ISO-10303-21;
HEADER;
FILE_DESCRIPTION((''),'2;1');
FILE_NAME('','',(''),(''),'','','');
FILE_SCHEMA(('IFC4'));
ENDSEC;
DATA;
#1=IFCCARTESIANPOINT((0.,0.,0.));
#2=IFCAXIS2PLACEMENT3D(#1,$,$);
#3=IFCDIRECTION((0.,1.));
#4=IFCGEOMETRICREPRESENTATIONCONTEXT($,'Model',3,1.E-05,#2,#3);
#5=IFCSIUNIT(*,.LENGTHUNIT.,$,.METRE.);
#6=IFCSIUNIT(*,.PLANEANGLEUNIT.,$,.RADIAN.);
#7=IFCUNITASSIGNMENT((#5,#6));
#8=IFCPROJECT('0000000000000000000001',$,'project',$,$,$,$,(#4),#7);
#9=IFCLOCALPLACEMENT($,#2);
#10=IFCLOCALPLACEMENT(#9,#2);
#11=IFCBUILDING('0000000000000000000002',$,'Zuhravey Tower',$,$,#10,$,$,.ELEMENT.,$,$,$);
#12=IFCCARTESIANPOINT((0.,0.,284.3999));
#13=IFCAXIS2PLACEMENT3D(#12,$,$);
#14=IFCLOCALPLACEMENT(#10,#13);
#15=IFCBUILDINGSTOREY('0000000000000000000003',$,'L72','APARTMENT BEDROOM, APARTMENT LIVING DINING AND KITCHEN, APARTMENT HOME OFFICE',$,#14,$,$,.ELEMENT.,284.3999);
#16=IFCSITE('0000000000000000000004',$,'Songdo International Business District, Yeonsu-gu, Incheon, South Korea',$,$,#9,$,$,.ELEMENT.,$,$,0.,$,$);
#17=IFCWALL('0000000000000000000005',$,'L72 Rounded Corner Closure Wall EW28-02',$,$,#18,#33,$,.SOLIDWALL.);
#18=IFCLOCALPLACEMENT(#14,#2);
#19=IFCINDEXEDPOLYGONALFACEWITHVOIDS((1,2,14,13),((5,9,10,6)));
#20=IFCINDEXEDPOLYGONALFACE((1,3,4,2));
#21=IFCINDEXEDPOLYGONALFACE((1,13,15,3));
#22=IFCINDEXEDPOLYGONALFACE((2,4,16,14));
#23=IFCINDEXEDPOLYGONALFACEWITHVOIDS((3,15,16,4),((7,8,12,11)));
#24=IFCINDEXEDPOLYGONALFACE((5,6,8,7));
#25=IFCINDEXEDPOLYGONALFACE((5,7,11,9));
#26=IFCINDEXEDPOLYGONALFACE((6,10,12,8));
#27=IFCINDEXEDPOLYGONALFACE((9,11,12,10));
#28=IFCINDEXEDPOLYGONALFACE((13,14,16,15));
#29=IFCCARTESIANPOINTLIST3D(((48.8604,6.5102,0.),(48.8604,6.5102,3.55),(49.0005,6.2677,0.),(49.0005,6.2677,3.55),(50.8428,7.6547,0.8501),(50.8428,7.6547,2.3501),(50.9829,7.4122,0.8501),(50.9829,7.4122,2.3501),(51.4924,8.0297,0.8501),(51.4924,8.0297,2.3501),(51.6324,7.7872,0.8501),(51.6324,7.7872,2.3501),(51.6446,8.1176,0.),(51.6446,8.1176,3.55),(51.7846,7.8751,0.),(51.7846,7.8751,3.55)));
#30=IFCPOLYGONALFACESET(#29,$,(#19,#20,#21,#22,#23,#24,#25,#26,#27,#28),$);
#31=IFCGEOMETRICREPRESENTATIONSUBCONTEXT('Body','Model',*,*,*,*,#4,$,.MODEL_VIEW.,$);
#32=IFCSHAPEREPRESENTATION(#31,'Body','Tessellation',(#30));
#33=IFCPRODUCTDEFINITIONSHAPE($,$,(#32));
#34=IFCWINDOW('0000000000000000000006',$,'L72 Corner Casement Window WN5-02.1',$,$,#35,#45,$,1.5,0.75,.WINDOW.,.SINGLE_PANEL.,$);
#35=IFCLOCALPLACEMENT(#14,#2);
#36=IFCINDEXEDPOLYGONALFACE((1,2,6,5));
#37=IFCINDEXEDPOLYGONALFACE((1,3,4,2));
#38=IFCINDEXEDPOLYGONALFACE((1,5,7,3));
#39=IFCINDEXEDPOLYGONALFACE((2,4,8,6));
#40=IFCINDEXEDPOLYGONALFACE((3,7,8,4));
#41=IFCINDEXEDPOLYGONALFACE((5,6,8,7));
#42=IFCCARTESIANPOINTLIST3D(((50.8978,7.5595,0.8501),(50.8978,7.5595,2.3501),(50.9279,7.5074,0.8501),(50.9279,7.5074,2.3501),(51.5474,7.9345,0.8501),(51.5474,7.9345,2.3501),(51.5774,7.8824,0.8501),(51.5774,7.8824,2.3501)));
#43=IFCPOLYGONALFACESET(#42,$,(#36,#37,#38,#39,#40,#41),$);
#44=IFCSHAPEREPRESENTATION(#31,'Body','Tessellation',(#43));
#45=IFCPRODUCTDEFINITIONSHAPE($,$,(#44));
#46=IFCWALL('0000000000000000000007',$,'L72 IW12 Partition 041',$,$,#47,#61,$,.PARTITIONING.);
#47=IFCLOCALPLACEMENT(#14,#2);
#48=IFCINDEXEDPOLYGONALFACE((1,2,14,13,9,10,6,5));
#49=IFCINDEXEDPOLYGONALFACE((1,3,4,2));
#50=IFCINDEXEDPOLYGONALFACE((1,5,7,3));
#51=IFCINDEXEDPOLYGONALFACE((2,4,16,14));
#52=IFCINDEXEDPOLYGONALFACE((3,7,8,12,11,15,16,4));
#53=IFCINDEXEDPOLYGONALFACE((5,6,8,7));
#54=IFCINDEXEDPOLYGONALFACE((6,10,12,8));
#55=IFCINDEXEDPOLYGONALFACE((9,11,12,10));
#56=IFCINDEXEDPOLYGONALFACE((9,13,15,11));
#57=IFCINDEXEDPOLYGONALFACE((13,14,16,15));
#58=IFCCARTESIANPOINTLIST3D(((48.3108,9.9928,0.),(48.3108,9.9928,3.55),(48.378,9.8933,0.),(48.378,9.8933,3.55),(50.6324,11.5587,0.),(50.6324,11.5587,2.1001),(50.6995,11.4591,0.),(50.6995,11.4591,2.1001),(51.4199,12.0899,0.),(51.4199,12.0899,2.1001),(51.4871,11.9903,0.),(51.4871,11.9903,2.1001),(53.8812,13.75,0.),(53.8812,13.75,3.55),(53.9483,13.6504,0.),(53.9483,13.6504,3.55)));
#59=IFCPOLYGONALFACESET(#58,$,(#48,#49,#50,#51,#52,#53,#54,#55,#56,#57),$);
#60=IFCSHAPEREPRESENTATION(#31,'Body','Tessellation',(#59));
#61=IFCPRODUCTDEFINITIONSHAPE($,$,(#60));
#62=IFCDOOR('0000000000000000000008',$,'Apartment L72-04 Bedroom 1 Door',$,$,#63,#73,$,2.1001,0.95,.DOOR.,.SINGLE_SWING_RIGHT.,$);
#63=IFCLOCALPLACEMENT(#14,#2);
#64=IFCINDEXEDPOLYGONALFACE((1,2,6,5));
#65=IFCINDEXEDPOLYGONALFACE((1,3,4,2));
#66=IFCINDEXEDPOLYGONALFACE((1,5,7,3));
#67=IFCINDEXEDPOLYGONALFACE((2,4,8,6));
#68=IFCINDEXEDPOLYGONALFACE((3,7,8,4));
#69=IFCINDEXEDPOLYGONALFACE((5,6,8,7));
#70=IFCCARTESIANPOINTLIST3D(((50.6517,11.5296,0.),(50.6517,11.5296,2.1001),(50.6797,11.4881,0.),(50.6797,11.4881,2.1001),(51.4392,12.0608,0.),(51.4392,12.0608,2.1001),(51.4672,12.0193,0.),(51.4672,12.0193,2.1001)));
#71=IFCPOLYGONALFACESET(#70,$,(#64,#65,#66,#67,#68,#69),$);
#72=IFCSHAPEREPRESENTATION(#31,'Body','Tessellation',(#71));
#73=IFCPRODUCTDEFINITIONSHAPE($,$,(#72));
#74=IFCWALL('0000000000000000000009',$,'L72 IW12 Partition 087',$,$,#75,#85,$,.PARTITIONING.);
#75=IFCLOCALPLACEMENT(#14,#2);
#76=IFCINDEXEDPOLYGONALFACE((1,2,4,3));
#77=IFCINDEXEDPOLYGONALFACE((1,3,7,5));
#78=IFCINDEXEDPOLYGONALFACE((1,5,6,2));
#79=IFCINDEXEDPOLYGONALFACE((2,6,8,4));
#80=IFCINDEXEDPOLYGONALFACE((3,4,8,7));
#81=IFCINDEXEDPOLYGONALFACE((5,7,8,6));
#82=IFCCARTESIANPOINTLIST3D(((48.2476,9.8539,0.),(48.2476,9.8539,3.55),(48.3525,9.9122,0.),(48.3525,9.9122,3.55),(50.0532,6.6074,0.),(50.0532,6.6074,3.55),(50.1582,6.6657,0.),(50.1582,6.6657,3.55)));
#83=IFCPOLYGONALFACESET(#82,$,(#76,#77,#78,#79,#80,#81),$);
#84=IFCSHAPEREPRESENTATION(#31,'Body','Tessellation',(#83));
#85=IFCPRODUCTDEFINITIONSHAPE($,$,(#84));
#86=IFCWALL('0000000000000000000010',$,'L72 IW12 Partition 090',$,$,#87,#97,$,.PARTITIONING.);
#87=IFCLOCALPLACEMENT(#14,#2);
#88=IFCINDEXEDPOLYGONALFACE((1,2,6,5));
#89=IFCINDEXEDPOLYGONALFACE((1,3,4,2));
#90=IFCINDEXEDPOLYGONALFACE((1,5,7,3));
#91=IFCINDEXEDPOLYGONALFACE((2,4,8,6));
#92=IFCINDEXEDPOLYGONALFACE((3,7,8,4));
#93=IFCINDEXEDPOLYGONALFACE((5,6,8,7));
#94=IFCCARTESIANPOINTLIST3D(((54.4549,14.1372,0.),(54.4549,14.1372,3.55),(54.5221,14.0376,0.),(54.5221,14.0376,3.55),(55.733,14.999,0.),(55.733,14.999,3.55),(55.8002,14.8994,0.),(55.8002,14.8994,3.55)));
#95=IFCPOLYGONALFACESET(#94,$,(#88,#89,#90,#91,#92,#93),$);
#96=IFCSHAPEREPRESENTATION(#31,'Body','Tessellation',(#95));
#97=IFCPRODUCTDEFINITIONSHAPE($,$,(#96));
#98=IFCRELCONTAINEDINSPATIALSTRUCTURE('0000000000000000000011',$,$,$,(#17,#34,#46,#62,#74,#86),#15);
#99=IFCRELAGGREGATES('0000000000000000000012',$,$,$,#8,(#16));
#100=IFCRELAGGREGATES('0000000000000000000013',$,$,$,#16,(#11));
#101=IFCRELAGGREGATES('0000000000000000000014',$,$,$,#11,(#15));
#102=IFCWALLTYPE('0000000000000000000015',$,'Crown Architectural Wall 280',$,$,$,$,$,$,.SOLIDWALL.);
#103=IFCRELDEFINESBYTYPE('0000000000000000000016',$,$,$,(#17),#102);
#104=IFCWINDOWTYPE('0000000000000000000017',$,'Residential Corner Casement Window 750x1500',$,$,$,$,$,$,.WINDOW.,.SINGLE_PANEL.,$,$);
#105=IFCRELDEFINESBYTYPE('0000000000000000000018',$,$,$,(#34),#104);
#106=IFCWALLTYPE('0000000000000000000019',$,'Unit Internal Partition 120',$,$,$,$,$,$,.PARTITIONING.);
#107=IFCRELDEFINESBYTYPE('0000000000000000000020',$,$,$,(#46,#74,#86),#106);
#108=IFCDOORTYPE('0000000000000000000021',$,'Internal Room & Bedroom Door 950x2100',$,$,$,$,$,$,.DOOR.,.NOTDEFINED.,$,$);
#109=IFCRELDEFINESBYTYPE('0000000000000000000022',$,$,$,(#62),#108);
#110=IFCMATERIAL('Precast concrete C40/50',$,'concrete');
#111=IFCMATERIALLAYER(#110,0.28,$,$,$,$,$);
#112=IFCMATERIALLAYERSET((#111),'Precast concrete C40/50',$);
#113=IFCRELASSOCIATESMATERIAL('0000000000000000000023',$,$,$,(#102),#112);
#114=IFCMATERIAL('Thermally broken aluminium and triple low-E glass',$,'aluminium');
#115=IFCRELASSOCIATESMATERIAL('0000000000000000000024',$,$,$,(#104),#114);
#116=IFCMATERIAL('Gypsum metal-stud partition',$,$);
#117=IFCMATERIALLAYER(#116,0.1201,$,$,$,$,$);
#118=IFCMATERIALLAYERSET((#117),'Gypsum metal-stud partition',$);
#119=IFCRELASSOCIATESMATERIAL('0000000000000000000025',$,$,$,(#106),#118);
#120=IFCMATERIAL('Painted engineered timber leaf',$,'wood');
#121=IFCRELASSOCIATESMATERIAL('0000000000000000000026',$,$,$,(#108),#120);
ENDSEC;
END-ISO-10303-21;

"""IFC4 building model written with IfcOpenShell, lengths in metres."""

from ifc_helpers import new_model, si_unit, direction, frame, frame_2d, origin, place, context, subcontext, project, spatial, rectangle, extrude, material, layer, layer_set, type_object, element, fill, save


model = new_model("IFC4")

# Units and contexts
model_context = context("Model", 3, precision=1e-05, world=origin(), true_north=direction((0.0, 1.0)))
body_context = subcontext(model_context, "Body", "Model", "MODEL_VIEW")
ifc_project = project(units=[si_unit("LENGTHUNIT", "METRE"), si_unit("PLANEANGLEUNIT", "RADIAN")], contexts=[model_context])

# Site, building, storey
site_placement = place(None, origin())
site = spatial("IfcSite", under=ifc_project, at=site_placement, Name="Songdo International Business District, Yeonsu-gu, Incheon, South Korea", CompositionType="ELEMENT", RefElevation=0.0)
building_placement = place(site_placement, origin())
building = spatial("IfcBuilding", under=site, at=building_placement, Name="Zuhravey Tower", CompositionType="ELEMENT")
storey_placement = place(building_placement, frame((0.0, 0.0, 284.3999)))
storey = spatial("IfcBuildingStorey", under=building, at=storey_placement, Name="L72", Description="APARTMENT BEDROOM, APARTMENT LIVING DINING AND KITCHEN, APARTMENT HOME OFFICE", CompositionType="ELEMENT", Elevation=284.3999)

# Wall, opening, window
ifc_material_1 = material(Name="Precast concrete C40/50", Category="concrete")
ifc_layer_1 = layer(ifc_material_1, 0.28)
ifc_layer_set_1 = layer_set([ifc_layer_1], Name="Precast concrete C40/50")
wall_type_1 = type_object("IfcWallType", Name="Crown Architectural Wall 280", PredefinedType="SOLIDWALL", material=ifc_layer_set_1)
wall_1_placement = place(storey_placement, frame((51.7146, 7.9963, 0.0), z_axis=(0.0, 0.0, 1.0), x_axis=(-0.866029, -0.499994, 0.0)))
wall_1 = element("IfcWall", 1, at=wall_1_placement, inside=storey, type_object=wall_type_1, Name="L72 Rounded Corner Closure Wall EW28-02", PredefinedType="SOLIDWALL", context=body_context, shape_type="SweptSolid", body=[
    extrude(rectangle(XDim=3.2148, YDim=0.28, at=frame_2d((1.6074, 0.0))), origin(), (0.0, 0.0, 1.0), 3.55),
])
opening_1_placement = place(wall_1_placement, frame((0.1758, 0.0, 0.8501)))
opening_1 = element("IfcOpeningElement", 2, at=opening_1_placement, cuts=wall_1, PredefinedType="OPENING", context=body_context, shape_type="SweptSolid", body=[
    extrude(rectangle(XDim=0.75, YDim=1.5, at=frame_2d((0.375, 0.75))), frame((0.0, 0.1521, 0.0), z_axis=(0.0, -1.0, 0.0), x_axis=(1.0, 0.0, 0.0)), (0.0, 0.0, 1.0), 0.304),
])
ifc_material_2 = material(Name="Thermally broken aluminium and triple low-E glass", Category="aluminium")
window_type = type_object("IfcWindowType", Name="Residential Corner Casement Window 750x1500", PartitioningType="SINGLE_PANEL", PredefinedType="WINDOW", material=ifc_material_2)
window_placement = place(opening_1_placement, origin())
window = element("IfcWindow", 3, at=window_placement, inside=storey, type_object=window_type, Name="L72 Corner Casement Window WN5-02.1", OverallHeight=1.5, OverallWidth=0.75, PartitioningType="SINGLE_PANEL", PredefinedType="WINDOW", context=body_context, shape_type="SweptSolid", body=[
    extrude(rectangle(XDim=0.75, YDim=1.5, at=frame_2d((0.375, 0.75))), frame((0.0, 0.03, 0.0), z_axis=(0.0, -1.0, 0.0), x_axis=(1.0, 0.0, 0.0)), (0.0, 0.0, 1.0), 0.0601),
])
fill(opening_1, window)

# Wall, opening, door
ifc_material_3 = material(Name="Gypsum metal-stud partition")
ifc_layer_2 = layer(ifc_material_3, 0.1201)
ifc_layer_set_2 = layer_set([ifc_layer_2], Name="Gypsum metal-stud partition")
wall_type_2 = type_object("IfcWallType", Name="Unit Internal Partition 120", PredefinedType="PARTITIONING", material=ifc_layer_set_2)
wall_2_placement = place(storey_placement, frame((48.3445, 9.9431, 0.0), z_axis=(0.0, 0.0, 1.0), x_axis=(0.829047, 0.559178, 0.0)))
wall_2 = element("IfcWall", 4, at=wall_2_placement, inside=storey, type_object=wall_type_2, Name="L72 IW12 Partition 041", PredefinedType="PARTITIONING", context=body_context, shape_type="SweptSolid", body=[
    extrude(rectangle(XDim=6.719, YDim=0.1201, at=frame_2d((3.3594, 0.0))), origin(), (0.0, 0.0, 1.0), 3.55),
])
opening_2_placement = place(wall_2_placement, frame((2.8, 0.0, 0.0)))
opening_2 = element("IfcOpeningElement", 5, at=opening_2_placement, cuts=wall_2, PredefinedType="OPENING", context=body_context, shape_type="SweptSolid", body=[
    extrude(rectangle(XDim=0.95, YDim=2.1001, at=frame_2d((0.4751, 1.05))), frame((0.0, 0.072, 0.0), z_axis=(0.0, -1.0, 0.0), x_axis=(1.0, 0.0, 0.0)), (0.0, 0.0, 1.0), 0.144),
])
ifc_material_4 = material(Name="Painted engineered timber leaf", Category="wood")
door_type = type_object("IfcDoorType", Name="Internal Room & Bedroom Door 950x2100", OperationType="NOTDEFINED", PredefinedType="DOOR", material=ifc_material_4)
door_placement = place(opening_2_placement, frame((0.95, 0.0, 0.0), z_axis=(0.0, 0.0, 1.0), x_axis=(-1.0, 0.0, 0.0)))
door = element("IfcDoor", 6, at=door_placement, inside=storey, type_object=door_type, Name="Apartment L72-04 Bedroom 1 Door", OperationType="SINGLE_SWING_RIGHT", OverallHeight=2.1001, OverallWidth=0.95, PredefinedType="DOOR", context=body_context, shape_type="SweptSolid", body=[
    extrude(rectangle(XDim=0.95, YDim=2.1001, at=frame_2d((0.4751, 1.05))), frame((0.0, 0.0249, 0.0), z_axis=(0.0, -1.0, 0.0), x_axis=(1.0, 0.0, 0.0)), (0.0, 0.0, 1.0), 0.05),
])
fill(opening_2, door)

# Walls
wall_3_placement = place(storey_placement, frame((48.3, 9.8831, 0.0), z_axis=(0.0, 0.0, 1.0), x_axis=(0.486056, -0.873928, 0.0)))
element("IfcWall", 7, at=wall_3_placement, inside=storey, type_object=wall_type_2, Name="L72 IW12 Partition 087", PredefinedType="PARTITIONING", context=body_context, shape_type="SweptSolid", body=[
    extrude(rectangle(XDim=3.7148, YDim=0.1201, at=frame_2d((1.8574, 0.0))), origin(), (0.0, 0.0, 1.0), 3.55),
])
wall_4_placement = place(storey_placement, frame((54.4885, 14.0874, 0.0), z_axis=(0.0, 0.0, 1.0), x_axis=(0.829115, 0.559078, 0.0)))
element("IfcWall", 8, at=wall_4_placement, inside=storey, type_object=wall_type_2, Name="L72 IW12 Partition 090", PredefinedType="PARTITIONING", context=body_context, shape_type="SweptSolid", body=[
    extrude(rectangle(XDim=1.5415, YDim=0.1201, at=frame_2d((0.7708, 0.0))), origin(), (0.0, 0.0, 1.0), 3.55),
])

save(model, "model.ifc")
